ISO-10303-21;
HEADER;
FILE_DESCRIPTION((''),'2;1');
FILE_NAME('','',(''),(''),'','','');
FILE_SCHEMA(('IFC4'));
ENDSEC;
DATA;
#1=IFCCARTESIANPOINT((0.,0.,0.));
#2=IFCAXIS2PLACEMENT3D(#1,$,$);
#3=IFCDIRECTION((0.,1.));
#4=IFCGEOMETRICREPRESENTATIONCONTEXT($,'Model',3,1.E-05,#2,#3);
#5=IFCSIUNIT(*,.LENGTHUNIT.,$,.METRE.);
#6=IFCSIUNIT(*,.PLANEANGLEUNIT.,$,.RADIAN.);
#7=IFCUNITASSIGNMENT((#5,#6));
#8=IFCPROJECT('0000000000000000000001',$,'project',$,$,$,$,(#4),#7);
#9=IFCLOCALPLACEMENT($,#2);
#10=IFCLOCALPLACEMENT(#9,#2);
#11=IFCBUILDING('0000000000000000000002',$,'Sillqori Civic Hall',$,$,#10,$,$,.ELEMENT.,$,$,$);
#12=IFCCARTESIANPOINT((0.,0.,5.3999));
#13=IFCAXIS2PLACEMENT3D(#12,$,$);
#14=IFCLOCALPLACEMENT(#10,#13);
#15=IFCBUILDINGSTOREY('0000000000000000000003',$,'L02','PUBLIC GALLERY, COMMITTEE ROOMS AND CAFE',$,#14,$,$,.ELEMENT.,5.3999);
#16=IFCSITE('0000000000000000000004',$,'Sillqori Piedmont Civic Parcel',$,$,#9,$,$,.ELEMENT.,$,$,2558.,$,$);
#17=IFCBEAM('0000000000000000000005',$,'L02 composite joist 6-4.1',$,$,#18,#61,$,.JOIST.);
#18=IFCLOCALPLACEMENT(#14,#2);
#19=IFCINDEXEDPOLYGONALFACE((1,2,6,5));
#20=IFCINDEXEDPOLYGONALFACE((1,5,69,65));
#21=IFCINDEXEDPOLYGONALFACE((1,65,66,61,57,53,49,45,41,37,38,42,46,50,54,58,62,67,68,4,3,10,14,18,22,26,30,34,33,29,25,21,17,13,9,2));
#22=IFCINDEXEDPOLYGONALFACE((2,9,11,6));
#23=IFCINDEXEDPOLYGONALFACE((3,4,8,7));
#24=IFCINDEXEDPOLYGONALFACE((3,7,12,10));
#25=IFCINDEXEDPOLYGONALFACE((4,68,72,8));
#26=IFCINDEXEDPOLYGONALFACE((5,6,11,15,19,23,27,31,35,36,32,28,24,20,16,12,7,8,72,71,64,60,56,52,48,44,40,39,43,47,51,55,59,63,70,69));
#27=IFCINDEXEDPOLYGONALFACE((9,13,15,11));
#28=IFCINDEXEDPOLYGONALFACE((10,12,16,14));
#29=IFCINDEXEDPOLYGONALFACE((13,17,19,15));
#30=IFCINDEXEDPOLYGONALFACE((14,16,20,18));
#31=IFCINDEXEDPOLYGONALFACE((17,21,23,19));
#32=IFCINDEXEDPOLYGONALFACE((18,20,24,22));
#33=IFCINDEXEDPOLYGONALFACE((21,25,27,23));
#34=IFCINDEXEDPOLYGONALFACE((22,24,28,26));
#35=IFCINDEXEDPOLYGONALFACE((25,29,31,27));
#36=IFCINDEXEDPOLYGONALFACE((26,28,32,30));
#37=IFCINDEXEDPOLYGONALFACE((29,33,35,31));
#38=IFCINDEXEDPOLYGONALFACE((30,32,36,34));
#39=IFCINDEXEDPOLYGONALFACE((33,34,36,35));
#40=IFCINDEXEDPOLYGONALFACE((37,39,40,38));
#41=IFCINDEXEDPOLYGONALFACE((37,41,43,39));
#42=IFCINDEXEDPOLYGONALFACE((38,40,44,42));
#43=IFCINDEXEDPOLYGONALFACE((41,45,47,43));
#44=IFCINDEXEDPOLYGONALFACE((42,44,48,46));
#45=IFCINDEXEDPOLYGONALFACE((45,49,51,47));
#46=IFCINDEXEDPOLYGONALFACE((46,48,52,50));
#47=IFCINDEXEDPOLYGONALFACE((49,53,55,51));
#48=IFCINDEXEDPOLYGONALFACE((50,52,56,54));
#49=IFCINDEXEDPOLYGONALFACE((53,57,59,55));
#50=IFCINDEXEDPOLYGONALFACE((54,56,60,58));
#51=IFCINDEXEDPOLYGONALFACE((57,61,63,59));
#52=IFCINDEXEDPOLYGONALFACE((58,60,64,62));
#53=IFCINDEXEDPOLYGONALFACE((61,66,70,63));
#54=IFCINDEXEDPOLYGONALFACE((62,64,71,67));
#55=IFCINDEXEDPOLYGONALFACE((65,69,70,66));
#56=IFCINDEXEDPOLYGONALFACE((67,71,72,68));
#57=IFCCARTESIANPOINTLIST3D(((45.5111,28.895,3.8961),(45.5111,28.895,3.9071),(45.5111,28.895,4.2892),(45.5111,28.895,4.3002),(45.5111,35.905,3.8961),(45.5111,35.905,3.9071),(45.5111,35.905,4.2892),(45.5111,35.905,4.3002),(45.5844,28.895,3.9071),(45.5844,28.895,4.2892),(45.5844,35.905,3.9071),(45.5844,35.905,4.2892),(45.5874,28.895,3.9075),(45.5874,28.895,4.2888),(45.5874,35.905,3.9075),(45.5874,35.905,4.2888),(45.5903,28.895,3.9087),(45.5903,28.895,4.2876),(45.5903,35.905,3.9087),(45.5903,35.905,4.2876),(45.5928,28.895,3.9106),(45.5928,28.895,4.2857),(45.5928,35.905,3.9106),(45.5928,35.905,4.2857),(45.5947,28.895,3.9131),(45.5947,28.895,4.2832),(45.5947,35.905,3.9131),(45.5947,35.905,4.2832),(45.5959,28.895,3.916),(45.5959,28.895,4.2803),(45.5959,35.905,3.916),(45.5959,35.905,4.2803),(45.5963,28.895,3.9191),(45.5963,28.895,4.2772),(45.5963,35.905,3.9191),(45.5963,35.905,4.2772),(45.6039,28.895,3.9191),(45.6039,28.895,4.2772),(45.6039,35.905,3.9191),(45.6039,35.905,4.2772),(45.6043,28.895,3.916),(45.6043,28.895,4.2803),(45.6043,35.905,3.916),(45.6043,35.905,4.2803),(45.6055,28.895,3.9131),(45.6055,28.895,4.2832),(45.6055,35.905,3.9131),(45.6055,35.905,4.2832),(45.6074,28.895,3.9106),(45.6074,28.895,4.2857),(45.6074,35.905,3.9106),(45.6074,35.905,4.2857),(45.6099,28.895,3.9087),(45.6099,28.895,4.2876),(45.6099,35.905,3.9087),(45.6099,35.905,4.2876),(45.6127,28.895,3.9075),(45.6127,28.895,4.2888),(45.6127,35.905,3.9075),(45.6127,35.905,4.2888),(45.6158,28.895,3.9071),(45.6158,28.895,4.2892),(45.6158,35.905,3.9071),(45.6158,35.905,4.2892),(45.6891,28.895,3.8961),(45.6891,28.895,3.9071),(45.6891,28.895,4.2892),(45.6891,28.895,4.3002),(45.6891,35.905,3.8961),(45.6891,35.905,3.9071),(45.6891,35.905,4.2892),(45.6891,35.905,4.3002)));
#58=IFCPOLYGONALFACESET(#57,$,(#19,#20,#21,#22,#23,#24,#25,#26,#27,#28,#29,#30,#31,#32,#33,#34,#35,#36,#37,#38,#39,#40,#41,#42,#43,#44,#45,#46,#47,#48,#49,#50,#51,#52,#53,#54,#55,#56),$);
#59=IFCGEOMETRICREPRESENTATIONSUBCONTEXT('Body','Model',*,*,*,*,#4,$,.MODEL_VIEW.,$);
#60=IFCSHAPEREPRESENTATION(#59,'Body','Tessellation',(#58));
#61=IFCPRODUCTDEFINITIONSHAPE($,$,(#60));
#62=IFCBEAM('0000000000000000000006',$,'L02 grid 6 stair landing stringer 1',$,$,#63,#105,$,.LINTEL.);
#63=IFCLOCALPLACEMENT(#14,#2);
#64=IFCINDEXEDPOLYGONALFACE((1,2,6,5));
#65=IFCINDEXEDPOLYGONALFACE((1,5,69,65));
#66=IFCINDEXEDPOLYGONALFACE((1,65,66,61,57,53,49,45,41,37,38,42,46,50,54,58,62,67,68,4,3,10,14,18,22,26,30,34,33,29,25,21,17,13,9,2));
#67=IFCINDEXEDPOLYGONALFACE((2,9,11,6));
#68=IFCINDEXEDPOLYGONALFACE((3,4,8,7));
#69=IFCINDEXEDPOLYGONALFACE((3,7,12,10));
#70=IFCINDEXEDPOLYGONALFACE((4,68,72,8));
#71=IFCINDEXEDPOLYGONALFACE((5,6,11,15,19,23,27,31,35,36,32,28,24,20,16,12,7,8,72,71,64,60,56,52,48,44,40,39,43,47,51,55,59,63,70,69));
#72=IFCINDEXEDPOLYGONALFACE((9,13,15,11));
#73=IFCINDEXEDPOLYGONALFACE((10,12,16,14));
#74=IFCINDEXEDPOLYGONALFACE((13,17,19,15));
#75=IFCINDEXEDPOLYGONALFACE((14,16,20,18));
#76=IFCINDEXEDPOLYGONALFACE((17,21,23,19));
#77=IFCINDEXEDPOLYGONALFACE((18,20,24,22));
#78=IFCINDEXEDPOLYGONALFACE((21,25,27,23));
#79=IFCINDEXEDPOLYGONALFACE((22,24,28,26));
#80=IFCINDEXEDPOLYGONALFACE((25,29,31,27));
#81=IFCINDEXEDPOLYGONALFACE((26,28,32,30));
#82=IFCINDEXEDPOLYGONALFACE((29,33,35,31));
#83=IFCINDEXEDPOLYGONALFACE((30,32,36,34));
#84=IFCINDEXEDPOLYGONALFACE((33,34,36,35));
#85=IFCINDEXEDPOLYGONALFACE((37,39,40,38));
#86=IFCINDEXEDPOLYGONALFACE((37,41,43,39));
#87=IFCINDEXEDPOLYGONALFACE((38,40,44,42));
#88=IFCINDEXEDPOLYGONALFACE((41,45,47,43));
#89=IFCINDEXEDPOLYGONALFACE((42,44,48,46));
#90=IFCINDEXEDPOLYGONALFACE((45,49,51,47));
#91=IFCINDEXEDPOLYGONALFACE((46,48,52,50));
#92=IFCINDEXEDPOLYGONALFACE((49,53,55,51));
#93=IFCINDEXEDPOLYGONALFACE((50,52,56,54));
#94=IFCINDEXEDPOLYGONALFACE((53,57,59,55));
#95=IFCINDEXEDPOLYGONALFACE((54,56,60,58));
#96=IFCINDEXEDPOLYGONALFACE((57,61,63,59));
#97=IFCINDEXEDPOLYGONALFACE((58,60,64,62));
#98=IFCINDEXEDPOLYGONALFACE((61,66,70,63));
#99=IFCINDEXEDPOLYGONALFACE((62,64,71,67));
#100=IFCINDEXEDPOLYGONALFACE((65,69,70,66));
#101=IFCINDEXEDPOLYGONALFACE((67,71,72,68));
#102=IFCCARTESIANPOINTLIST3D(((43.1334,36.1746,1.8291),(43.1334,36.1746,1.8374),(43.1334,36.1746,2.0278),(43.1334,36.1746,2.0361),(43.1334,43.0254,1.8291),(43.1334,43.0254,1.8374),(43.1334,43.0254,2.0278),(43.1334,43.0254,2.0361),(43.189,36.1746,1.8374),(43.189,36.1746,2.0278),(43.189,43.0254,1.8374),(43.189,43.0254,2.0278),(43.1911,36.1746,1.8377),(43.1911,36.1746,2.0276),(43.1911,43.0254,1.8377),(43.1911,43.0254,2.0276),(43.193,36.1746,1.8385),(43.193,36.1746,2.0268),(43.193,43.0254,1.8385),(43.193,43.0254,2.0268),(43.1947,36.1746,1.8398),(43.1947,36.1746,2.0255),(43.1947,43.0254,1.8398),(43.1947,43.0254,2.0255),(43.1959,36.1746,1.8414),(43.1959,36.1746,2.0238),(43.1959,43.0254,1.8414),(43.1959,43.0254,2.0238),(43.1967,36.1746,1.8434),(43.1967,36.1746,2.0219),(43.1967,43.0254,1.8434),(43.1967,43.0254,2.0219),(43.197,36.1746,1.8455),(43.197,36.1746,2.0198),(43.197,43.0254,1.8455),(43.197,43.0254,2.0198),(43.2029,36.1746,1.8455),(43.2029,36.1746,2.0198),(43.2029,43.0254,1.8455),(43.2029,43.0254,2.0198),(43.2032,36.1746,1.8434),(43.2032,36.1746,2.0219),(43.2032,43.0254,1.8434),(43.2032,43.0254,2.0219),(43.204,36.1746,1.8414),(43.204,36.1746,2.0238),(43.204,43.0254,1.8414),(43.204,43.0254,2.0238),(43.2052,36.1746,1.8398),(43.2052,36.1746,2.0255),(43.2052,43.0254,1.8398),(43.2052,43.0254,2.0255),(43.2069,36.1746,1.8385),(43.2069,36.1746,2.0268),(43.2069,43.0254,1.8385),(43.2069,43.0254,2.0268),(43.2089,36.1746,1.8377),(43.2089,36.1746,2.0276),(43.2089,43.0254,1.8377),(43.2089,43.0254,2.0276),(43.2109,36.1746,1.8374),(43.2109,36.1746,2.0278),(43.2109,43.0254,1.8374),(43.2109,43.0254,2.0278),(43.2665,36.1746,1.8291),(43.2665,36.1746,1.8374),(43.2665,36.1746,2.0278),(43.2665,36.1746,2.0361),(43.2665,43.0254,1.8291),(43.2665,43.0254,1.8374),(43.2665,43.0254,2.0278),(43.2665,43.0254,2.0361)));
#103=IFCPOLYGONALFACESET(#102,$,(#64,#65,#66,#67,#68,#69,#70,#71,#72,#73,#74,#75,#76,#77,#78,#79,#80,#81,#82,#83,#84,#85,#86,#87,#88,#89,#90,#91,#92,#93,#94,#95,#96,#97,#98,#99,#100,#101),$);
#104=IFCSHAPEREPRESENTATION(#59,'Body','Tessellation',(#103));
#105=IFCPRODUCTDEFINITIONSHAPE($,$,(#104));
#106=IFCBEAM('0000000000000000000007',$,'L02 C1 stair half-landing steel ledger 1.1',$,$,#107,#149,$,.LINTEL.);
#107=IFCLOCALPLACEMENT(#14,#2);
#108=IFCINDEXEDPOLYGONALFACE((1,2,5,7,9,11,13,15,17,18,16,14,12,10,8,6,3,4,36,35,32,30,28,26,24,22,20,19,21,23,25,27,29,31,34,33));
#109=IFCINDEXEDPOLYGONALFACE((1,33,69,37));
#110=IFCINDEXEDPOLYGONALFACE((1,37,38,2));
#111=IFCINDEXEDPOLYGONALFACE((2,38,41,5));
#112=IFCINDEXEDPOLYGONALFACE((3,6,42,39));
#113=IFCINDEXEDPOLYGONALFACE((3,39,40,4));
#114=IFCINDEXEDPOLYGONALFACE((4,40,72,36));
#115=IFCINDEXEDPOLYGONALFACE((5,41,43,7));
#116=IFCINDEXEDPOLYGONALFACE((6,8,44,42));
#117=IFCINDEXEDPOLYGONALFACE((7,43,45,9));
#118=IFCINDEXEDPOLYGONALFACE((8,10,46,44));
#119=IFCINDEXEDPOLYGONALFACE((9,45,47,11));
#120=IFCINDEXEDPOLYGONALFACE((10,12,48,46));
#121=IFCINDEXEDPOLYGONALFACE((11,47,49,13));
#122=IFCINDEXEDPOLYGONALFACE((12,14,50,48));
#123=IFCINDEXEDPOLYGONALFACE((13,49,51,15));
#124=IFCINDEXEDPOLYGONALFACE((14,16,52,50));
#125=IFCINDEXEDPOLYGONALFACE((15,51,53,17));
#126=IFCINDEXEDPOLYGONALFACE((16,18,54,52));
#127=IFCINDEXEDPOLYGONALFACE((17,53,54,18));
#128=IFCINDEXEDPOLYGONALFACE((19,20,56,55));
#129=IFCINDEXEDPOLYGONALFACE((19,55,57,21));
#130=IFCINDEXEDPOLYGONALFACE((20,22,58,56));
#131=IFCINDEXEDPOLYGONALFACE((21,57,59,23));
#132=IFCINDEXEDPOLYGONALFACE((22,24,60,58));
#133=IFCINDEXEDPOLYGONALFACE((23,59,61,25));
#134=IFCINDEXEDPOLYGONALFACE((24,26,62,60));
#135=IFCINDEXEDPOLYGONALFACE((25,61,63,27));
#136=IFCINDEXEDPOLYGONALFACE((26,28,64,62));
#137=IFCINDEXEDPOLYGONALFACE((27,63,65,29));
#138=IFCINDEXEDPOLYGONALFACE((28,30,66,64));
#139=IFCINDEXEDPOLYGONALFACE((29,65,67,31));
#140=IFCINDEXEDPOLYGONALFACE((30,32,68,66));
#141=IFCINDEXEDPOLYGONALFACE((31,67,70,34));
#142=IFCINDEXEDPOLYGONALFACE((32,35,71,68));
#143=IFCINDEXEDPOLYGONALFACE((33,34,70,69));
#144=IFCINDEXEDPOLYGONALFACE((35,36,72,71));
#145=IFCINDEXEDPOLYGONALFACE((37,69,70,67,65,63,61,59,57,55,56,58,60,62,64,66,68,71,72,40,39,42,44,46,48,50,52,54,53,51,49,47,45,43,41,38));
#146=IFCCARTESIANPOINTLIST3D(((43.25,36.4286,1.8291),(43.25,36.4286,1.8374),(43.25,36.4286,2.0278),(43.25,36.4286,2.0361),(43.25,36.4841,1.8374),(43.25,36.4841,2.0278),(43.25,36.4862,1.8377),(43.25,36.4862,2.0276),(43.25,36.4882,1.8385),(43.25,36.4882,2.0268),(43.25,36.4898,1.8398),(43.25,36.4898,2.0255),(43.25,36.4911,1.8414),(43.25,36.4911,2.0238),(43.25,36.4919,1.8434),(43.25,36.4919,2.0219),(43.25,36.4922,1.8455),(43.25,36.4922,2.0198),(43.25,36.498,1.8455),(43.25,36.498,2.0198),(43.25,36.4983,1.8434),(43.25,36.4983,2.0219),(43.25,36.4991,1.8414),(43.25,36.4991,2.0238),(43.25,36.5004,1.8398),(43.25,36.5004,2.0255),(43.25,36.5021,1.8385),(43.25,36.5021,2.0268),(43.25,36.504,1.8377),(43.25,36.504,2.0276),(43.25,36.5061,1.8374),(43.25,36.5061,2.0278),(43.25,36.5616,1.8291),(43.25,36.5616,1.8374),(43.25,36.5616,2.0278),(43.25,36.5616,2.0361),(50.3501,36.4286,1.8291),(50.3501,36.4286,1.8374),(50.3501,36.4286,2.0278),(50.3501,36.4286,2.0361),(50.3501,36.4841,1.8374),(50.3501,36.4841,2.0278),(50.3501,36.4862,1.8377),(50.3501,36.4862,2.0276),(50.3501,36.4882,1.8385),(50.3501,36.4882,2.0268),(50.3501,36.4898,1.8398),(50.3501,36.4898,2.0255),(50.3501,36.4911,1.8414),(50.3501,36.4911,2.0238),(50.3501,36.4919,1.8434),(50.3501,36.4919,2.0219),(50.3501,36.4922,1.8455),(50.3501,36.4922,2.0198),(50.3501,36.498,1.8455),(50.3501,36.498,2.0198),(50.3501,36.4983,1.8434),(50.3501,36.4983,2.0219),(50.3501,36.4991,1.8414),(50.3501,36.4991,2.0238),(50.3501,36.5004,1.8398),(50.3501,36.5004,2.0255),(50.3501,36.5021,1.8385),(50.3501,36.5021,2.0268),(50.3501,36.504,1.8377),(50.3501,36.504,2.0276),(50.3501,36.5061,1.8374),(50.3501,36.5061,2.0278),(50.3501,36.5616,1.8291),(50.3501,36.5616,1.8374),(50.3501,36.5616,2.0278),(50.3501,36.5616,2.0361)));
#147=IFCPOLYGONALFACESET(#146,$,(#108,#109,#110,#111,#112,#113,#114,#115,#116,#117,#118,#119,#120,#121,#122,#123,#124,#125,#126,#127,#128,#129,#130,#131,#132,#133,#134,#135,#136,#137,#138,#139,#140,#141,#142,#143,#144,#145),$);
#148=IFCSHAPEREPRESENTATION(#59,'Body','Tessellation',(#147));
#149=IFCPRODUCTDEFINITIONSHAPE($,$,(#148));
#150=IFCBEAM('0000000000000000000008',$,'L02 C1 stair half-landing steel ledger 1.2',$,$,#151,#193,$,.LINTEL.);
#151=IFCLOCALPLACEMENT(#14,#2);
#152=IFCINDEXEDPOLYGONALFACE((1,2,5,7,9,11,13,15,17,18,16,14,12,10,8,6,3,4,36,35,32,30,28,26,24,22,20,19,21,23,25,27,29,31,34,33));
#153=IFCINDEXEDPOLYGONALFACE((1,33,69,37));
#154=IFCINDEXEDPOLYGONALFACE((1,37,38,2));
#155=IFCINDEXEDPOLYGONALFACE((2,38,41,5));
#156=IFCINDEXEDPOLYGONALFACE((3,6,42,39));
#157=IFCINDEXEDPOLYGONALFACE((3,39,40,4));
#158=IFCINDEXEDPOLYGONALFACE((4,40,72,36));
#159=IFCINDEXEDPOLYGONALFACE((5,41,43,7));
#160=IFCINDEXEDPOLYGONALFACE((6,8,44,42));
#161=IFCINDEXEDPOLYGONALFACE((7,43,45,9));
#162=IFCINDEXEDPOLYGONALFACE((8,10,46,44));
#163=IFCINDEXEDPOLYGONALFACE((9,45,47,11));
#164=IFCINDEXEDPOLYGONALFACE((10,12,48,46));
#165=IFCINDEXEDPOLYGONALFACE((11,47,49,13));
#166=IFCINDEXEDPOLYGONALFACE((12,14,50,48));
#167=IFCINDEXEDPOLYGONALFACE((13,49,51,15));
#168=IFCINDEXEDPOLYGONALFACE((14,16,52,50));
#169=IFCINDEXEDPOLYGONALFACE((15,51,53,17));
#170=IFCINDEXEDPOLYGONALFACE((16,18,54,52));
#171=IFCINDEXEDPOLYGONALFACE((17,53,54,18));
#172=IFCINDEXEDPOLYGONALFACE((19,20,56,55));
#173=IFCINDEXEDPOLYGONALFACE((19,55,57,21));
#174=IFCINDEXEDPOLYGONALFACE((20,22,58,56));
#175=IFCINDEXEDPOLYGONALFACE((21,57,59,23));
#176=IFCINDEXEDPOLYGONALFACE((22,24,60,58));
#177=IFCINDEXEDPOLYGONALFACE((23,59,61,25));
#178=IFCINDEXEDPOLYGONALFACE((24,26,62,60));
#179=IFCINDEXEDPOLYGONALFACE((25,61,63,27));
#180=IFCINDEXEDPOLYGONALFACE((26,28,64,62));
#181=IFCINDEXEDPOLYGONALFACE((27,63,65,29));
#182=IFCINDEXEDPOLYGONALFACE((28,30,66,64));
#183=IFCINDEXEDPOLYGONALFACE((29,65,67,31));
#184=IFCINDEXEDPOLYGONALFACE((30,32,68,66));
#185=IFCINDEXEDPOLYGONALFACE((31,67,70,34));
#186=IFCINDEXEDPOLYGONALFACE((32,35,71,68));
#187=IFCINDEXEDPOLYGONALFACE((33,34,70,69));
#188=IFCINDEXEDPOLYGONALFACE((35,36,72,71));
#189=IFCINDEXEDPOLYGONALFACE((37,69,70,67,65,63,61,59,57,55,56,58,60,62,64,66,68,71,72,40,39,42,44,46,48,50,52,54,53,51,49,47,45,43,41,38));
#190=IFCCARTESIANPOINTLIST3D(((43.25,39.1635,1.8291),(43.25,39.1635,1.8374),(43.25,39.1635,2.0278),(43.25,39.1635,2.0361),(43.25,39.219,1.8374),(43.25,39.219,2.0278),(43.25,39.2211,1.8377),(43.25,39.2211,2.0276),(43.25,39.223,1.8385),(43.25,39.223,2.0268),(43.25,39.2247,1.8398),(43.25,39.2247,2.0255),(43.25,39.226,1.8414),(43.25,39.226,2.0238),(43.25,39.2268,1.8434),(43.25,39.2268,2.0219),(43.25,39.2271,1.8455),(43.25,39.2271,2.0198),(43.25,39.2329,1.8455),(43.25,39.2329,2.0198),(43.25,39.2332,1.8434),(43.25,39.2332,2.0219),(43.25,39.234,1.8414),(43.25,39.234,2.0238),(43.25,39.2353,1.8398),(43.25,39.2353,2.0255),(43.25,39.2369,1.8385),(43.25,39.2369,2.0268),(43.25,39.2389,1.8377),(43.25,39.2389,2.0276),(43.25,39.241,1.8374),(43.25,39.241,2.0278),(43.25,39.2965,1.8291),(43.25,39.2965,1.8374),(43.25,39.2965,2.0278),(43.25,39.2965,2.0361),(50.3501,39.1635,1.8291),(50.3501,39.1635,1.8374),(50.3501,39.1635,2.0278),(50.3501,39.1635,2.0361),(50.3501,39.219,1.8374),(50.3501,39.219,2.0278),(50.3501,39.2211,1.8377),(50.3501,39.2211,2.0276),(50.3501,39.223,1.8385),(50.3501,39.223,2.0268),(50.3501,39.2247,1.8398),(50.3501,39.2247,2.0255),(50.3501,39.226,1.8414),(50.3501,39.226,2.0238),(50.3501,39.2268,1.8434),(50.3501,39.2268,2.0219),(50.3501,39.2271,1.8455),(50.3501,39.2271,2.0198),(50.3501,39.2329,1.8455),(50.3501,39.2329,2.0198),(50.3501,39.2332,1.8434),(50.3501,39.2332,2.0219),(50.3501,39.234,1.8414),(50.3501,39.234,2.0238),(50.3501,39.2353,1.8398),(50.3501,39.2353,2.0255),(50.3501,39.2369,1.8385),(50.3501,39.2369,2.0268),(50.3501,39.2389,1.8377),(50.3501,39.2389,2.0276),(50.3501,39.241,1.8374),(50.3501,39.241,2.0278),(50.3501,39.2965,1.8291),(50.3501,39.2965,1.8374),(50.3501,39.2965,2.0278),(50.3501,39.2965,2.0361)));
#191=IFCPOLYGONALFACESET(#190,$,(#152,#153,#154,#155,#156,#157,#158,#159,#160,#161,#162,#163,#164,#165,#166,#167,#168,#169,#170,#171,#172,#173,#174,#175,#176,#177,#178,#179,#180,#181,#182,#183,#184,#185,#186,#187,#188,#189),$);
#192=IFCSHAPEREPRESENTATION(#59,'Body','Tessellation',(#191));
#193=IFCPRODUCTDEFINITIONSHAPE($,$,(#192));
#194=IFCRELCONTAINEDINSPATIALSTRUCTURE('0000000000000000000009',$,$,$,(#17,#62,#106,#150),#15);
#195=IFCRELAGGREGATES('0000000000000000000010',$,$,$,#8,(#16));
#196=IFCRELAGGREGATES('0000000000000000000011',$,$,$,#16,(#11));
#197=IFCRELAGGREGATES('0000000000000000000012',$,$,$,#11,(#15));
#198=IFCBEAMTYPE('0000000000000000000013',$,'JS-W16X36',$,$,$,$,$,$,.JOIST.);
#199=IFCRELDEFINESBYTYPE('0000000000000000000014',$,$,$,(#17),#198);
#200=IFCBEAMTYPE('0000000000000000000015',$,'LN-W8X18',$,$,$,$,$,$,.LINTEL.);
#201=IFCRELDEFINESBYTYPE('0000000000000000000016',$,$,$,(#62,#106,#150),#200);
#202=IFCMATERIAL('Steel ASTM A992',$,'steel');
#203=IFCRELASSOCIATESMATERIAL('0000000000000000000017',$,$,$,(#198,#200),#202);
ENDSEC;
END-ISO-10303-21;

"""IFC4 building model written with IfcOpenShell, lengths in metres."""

from ifc_helpers import new_model, si_unit, direction, frame, origin, origin_2d, place, context, subcontext, project, spatial, i_section, extrude, material, material_profile, profile_set, type_object, element, save


model = new_model("IFC4")

# Units and contexts
model_context = context("Model", 3, precision=1e-05, world=origin(), true_north=direction((0.0, 1.0)))
body_context = subcontext(model_context, "Body", "Model", "MODEL_VIEW")
ifc_project = project(units=[si_unit("LENGTHUNIT", "METRE"), si_unit("PLANEANGLEUNIT", "RADIAN")], contexts=[model_context])

# Site, building, storey
site_placement = place(None, origin())
site = spatial("IfcSite", under=ifc_project, at=site_placement, Name="Sillqori Piedmont Civic Parcel", CompositionType="ELEMENT", RefElevation=2558.0)
building_placement = place(site_placement, origin())
building = spatial("IfcBuilding", under=site, at=building_placement, Name="Sillqori Civic Hall", CompositionType="ELEMENT")
storey_placement = place(building_placement, frame((0.0, 0.0, 5.3999)))
storey = spatial("IfcBuildingStorey", under=building, at=storey_placement, Name="L02", Description="PUBLIC GALLERY, COMMITTEE ROOMS AND CAFE", CompositionType="ELEMENT", Elevation=5.3999)

# Shared definitions
ifc_material_1 = material(Name="Steel ASTM A992", Category="steel")

# Beams
ifc_material_profile_1 = material_profile(ifc_material_1, i_section(OverallWidth=0.178, OverallDepth=0.4041, WebThickness=0.0076, FlangeThickness=0.011, FilletRadius=0.012, at=origin_2d()), Name="W16X36")
ifc_profile_set_1 = profile_set([ifc_material_profile_1], Name="Steel ASTM A992")
beam_type_1 = type_object("IfcBeamType", Name="JS-W16X36", PredefinedType="JOIST", material=ifc_profile_set_1)
for number, where, z_axis, x_axis, name in (
    (1, (45.6001, 28.895, 4.0981), (0.0, 1.0, 0.0), (-1.0, 0.0, 0.0), "L02 composite joist 6-4.1"),
):
    element("IfcBeam", number, at=place(storey_placement, frame(where, z_axis=z_axis, x_axis=x_axis)), inside=storey, type_object=beam_type_1, Name=name, PredefinedType="JOIST", context=body_context, shape_type="SweptSolid", body=[
        extrude(i_section(OverallWidth=0.178, OverallDepth=0.4041, WebThickness=0.0076, FlangeThickness=0.011, FilletRadius=0.012, at=origin_2d()), origin(), (0.0, 0.0, 1.0), 7.01),
    ])
ifc_material_profile_2 = material_profile(ifc_material_1, i_section(OverallWidth=0.1331, OverallDepth=0.207, WebThickness=0.0059, FlangeThickness=0.0083, FilletRadius=0.0081, at=origin_2d()), Name="W8X18")
ifc_profile_set_2 = profile_set([ifc_material_profile_2], Name="Steel ASTM A992")
beam_type_2 = type_object("IfcBeamType", Name="LN-W8X18", PredefinedType="LINTEL", material=ifc_profile_set_2)
beam_1_placement = place(storey_placement, frame((43.2, 36.1746, 1.9326), z_axis=(0.0, 1.0, 0.0), x_axis=(-1.0, 0.0, 0.0)))
element("IfcBeam", 2, at=beam_1_placement, inside=storey, type_object=beam_type_2, Name="L02 grid 6 stair landing stringer 1", PredefinedType="LINTEL", context=body_context, shape_type="SweptSolid", body=[
    extrude(i_section(OverallWidth=0.1331, OverallDepth=0.207, WebThickness=0.0059, FlangeThickness=0.0083, FilletRadius=0.0081, at=origin_2d()), origin(), (0.0, 0.0, 1.0), 6.8508),
])
for number, where, z_axis, x_axis, name in (
    (3, (43.25, 36.4951, 1.9326), (1.0, 0.0, 0.0), (0.0, 1.0, 0.0), "L02 C1 stair half-landing steel ledger 1.1"),
    (4, (43.25, 39.23, 1.9326), (1.0, 0.0, 0.0), (0.0, 1.0, 0.0), "L02 C1 stair half-landing steel ledger 1.2"),
):
    element("IfcBeam", number, at=place(storey_placement, frame(where, z_axis=z_axis, x_axis=x_axis)), inside=storey, type_object=beam_type_2, Name=name, PredefinedType="LINTEL", context=body_context, shape_type="SweptSolid", body=[
        extrude(i_section(OverallWidth=0.1331, OverallDepth=0.207, WebThickness=0.0059, FlangeThickness=0.0083, FilletRadius=0.0081, at=origin_2d()), origin(), (0.0, 0.0, 1.0), 7.1001),
    ])

save(model, "model.ifc")
